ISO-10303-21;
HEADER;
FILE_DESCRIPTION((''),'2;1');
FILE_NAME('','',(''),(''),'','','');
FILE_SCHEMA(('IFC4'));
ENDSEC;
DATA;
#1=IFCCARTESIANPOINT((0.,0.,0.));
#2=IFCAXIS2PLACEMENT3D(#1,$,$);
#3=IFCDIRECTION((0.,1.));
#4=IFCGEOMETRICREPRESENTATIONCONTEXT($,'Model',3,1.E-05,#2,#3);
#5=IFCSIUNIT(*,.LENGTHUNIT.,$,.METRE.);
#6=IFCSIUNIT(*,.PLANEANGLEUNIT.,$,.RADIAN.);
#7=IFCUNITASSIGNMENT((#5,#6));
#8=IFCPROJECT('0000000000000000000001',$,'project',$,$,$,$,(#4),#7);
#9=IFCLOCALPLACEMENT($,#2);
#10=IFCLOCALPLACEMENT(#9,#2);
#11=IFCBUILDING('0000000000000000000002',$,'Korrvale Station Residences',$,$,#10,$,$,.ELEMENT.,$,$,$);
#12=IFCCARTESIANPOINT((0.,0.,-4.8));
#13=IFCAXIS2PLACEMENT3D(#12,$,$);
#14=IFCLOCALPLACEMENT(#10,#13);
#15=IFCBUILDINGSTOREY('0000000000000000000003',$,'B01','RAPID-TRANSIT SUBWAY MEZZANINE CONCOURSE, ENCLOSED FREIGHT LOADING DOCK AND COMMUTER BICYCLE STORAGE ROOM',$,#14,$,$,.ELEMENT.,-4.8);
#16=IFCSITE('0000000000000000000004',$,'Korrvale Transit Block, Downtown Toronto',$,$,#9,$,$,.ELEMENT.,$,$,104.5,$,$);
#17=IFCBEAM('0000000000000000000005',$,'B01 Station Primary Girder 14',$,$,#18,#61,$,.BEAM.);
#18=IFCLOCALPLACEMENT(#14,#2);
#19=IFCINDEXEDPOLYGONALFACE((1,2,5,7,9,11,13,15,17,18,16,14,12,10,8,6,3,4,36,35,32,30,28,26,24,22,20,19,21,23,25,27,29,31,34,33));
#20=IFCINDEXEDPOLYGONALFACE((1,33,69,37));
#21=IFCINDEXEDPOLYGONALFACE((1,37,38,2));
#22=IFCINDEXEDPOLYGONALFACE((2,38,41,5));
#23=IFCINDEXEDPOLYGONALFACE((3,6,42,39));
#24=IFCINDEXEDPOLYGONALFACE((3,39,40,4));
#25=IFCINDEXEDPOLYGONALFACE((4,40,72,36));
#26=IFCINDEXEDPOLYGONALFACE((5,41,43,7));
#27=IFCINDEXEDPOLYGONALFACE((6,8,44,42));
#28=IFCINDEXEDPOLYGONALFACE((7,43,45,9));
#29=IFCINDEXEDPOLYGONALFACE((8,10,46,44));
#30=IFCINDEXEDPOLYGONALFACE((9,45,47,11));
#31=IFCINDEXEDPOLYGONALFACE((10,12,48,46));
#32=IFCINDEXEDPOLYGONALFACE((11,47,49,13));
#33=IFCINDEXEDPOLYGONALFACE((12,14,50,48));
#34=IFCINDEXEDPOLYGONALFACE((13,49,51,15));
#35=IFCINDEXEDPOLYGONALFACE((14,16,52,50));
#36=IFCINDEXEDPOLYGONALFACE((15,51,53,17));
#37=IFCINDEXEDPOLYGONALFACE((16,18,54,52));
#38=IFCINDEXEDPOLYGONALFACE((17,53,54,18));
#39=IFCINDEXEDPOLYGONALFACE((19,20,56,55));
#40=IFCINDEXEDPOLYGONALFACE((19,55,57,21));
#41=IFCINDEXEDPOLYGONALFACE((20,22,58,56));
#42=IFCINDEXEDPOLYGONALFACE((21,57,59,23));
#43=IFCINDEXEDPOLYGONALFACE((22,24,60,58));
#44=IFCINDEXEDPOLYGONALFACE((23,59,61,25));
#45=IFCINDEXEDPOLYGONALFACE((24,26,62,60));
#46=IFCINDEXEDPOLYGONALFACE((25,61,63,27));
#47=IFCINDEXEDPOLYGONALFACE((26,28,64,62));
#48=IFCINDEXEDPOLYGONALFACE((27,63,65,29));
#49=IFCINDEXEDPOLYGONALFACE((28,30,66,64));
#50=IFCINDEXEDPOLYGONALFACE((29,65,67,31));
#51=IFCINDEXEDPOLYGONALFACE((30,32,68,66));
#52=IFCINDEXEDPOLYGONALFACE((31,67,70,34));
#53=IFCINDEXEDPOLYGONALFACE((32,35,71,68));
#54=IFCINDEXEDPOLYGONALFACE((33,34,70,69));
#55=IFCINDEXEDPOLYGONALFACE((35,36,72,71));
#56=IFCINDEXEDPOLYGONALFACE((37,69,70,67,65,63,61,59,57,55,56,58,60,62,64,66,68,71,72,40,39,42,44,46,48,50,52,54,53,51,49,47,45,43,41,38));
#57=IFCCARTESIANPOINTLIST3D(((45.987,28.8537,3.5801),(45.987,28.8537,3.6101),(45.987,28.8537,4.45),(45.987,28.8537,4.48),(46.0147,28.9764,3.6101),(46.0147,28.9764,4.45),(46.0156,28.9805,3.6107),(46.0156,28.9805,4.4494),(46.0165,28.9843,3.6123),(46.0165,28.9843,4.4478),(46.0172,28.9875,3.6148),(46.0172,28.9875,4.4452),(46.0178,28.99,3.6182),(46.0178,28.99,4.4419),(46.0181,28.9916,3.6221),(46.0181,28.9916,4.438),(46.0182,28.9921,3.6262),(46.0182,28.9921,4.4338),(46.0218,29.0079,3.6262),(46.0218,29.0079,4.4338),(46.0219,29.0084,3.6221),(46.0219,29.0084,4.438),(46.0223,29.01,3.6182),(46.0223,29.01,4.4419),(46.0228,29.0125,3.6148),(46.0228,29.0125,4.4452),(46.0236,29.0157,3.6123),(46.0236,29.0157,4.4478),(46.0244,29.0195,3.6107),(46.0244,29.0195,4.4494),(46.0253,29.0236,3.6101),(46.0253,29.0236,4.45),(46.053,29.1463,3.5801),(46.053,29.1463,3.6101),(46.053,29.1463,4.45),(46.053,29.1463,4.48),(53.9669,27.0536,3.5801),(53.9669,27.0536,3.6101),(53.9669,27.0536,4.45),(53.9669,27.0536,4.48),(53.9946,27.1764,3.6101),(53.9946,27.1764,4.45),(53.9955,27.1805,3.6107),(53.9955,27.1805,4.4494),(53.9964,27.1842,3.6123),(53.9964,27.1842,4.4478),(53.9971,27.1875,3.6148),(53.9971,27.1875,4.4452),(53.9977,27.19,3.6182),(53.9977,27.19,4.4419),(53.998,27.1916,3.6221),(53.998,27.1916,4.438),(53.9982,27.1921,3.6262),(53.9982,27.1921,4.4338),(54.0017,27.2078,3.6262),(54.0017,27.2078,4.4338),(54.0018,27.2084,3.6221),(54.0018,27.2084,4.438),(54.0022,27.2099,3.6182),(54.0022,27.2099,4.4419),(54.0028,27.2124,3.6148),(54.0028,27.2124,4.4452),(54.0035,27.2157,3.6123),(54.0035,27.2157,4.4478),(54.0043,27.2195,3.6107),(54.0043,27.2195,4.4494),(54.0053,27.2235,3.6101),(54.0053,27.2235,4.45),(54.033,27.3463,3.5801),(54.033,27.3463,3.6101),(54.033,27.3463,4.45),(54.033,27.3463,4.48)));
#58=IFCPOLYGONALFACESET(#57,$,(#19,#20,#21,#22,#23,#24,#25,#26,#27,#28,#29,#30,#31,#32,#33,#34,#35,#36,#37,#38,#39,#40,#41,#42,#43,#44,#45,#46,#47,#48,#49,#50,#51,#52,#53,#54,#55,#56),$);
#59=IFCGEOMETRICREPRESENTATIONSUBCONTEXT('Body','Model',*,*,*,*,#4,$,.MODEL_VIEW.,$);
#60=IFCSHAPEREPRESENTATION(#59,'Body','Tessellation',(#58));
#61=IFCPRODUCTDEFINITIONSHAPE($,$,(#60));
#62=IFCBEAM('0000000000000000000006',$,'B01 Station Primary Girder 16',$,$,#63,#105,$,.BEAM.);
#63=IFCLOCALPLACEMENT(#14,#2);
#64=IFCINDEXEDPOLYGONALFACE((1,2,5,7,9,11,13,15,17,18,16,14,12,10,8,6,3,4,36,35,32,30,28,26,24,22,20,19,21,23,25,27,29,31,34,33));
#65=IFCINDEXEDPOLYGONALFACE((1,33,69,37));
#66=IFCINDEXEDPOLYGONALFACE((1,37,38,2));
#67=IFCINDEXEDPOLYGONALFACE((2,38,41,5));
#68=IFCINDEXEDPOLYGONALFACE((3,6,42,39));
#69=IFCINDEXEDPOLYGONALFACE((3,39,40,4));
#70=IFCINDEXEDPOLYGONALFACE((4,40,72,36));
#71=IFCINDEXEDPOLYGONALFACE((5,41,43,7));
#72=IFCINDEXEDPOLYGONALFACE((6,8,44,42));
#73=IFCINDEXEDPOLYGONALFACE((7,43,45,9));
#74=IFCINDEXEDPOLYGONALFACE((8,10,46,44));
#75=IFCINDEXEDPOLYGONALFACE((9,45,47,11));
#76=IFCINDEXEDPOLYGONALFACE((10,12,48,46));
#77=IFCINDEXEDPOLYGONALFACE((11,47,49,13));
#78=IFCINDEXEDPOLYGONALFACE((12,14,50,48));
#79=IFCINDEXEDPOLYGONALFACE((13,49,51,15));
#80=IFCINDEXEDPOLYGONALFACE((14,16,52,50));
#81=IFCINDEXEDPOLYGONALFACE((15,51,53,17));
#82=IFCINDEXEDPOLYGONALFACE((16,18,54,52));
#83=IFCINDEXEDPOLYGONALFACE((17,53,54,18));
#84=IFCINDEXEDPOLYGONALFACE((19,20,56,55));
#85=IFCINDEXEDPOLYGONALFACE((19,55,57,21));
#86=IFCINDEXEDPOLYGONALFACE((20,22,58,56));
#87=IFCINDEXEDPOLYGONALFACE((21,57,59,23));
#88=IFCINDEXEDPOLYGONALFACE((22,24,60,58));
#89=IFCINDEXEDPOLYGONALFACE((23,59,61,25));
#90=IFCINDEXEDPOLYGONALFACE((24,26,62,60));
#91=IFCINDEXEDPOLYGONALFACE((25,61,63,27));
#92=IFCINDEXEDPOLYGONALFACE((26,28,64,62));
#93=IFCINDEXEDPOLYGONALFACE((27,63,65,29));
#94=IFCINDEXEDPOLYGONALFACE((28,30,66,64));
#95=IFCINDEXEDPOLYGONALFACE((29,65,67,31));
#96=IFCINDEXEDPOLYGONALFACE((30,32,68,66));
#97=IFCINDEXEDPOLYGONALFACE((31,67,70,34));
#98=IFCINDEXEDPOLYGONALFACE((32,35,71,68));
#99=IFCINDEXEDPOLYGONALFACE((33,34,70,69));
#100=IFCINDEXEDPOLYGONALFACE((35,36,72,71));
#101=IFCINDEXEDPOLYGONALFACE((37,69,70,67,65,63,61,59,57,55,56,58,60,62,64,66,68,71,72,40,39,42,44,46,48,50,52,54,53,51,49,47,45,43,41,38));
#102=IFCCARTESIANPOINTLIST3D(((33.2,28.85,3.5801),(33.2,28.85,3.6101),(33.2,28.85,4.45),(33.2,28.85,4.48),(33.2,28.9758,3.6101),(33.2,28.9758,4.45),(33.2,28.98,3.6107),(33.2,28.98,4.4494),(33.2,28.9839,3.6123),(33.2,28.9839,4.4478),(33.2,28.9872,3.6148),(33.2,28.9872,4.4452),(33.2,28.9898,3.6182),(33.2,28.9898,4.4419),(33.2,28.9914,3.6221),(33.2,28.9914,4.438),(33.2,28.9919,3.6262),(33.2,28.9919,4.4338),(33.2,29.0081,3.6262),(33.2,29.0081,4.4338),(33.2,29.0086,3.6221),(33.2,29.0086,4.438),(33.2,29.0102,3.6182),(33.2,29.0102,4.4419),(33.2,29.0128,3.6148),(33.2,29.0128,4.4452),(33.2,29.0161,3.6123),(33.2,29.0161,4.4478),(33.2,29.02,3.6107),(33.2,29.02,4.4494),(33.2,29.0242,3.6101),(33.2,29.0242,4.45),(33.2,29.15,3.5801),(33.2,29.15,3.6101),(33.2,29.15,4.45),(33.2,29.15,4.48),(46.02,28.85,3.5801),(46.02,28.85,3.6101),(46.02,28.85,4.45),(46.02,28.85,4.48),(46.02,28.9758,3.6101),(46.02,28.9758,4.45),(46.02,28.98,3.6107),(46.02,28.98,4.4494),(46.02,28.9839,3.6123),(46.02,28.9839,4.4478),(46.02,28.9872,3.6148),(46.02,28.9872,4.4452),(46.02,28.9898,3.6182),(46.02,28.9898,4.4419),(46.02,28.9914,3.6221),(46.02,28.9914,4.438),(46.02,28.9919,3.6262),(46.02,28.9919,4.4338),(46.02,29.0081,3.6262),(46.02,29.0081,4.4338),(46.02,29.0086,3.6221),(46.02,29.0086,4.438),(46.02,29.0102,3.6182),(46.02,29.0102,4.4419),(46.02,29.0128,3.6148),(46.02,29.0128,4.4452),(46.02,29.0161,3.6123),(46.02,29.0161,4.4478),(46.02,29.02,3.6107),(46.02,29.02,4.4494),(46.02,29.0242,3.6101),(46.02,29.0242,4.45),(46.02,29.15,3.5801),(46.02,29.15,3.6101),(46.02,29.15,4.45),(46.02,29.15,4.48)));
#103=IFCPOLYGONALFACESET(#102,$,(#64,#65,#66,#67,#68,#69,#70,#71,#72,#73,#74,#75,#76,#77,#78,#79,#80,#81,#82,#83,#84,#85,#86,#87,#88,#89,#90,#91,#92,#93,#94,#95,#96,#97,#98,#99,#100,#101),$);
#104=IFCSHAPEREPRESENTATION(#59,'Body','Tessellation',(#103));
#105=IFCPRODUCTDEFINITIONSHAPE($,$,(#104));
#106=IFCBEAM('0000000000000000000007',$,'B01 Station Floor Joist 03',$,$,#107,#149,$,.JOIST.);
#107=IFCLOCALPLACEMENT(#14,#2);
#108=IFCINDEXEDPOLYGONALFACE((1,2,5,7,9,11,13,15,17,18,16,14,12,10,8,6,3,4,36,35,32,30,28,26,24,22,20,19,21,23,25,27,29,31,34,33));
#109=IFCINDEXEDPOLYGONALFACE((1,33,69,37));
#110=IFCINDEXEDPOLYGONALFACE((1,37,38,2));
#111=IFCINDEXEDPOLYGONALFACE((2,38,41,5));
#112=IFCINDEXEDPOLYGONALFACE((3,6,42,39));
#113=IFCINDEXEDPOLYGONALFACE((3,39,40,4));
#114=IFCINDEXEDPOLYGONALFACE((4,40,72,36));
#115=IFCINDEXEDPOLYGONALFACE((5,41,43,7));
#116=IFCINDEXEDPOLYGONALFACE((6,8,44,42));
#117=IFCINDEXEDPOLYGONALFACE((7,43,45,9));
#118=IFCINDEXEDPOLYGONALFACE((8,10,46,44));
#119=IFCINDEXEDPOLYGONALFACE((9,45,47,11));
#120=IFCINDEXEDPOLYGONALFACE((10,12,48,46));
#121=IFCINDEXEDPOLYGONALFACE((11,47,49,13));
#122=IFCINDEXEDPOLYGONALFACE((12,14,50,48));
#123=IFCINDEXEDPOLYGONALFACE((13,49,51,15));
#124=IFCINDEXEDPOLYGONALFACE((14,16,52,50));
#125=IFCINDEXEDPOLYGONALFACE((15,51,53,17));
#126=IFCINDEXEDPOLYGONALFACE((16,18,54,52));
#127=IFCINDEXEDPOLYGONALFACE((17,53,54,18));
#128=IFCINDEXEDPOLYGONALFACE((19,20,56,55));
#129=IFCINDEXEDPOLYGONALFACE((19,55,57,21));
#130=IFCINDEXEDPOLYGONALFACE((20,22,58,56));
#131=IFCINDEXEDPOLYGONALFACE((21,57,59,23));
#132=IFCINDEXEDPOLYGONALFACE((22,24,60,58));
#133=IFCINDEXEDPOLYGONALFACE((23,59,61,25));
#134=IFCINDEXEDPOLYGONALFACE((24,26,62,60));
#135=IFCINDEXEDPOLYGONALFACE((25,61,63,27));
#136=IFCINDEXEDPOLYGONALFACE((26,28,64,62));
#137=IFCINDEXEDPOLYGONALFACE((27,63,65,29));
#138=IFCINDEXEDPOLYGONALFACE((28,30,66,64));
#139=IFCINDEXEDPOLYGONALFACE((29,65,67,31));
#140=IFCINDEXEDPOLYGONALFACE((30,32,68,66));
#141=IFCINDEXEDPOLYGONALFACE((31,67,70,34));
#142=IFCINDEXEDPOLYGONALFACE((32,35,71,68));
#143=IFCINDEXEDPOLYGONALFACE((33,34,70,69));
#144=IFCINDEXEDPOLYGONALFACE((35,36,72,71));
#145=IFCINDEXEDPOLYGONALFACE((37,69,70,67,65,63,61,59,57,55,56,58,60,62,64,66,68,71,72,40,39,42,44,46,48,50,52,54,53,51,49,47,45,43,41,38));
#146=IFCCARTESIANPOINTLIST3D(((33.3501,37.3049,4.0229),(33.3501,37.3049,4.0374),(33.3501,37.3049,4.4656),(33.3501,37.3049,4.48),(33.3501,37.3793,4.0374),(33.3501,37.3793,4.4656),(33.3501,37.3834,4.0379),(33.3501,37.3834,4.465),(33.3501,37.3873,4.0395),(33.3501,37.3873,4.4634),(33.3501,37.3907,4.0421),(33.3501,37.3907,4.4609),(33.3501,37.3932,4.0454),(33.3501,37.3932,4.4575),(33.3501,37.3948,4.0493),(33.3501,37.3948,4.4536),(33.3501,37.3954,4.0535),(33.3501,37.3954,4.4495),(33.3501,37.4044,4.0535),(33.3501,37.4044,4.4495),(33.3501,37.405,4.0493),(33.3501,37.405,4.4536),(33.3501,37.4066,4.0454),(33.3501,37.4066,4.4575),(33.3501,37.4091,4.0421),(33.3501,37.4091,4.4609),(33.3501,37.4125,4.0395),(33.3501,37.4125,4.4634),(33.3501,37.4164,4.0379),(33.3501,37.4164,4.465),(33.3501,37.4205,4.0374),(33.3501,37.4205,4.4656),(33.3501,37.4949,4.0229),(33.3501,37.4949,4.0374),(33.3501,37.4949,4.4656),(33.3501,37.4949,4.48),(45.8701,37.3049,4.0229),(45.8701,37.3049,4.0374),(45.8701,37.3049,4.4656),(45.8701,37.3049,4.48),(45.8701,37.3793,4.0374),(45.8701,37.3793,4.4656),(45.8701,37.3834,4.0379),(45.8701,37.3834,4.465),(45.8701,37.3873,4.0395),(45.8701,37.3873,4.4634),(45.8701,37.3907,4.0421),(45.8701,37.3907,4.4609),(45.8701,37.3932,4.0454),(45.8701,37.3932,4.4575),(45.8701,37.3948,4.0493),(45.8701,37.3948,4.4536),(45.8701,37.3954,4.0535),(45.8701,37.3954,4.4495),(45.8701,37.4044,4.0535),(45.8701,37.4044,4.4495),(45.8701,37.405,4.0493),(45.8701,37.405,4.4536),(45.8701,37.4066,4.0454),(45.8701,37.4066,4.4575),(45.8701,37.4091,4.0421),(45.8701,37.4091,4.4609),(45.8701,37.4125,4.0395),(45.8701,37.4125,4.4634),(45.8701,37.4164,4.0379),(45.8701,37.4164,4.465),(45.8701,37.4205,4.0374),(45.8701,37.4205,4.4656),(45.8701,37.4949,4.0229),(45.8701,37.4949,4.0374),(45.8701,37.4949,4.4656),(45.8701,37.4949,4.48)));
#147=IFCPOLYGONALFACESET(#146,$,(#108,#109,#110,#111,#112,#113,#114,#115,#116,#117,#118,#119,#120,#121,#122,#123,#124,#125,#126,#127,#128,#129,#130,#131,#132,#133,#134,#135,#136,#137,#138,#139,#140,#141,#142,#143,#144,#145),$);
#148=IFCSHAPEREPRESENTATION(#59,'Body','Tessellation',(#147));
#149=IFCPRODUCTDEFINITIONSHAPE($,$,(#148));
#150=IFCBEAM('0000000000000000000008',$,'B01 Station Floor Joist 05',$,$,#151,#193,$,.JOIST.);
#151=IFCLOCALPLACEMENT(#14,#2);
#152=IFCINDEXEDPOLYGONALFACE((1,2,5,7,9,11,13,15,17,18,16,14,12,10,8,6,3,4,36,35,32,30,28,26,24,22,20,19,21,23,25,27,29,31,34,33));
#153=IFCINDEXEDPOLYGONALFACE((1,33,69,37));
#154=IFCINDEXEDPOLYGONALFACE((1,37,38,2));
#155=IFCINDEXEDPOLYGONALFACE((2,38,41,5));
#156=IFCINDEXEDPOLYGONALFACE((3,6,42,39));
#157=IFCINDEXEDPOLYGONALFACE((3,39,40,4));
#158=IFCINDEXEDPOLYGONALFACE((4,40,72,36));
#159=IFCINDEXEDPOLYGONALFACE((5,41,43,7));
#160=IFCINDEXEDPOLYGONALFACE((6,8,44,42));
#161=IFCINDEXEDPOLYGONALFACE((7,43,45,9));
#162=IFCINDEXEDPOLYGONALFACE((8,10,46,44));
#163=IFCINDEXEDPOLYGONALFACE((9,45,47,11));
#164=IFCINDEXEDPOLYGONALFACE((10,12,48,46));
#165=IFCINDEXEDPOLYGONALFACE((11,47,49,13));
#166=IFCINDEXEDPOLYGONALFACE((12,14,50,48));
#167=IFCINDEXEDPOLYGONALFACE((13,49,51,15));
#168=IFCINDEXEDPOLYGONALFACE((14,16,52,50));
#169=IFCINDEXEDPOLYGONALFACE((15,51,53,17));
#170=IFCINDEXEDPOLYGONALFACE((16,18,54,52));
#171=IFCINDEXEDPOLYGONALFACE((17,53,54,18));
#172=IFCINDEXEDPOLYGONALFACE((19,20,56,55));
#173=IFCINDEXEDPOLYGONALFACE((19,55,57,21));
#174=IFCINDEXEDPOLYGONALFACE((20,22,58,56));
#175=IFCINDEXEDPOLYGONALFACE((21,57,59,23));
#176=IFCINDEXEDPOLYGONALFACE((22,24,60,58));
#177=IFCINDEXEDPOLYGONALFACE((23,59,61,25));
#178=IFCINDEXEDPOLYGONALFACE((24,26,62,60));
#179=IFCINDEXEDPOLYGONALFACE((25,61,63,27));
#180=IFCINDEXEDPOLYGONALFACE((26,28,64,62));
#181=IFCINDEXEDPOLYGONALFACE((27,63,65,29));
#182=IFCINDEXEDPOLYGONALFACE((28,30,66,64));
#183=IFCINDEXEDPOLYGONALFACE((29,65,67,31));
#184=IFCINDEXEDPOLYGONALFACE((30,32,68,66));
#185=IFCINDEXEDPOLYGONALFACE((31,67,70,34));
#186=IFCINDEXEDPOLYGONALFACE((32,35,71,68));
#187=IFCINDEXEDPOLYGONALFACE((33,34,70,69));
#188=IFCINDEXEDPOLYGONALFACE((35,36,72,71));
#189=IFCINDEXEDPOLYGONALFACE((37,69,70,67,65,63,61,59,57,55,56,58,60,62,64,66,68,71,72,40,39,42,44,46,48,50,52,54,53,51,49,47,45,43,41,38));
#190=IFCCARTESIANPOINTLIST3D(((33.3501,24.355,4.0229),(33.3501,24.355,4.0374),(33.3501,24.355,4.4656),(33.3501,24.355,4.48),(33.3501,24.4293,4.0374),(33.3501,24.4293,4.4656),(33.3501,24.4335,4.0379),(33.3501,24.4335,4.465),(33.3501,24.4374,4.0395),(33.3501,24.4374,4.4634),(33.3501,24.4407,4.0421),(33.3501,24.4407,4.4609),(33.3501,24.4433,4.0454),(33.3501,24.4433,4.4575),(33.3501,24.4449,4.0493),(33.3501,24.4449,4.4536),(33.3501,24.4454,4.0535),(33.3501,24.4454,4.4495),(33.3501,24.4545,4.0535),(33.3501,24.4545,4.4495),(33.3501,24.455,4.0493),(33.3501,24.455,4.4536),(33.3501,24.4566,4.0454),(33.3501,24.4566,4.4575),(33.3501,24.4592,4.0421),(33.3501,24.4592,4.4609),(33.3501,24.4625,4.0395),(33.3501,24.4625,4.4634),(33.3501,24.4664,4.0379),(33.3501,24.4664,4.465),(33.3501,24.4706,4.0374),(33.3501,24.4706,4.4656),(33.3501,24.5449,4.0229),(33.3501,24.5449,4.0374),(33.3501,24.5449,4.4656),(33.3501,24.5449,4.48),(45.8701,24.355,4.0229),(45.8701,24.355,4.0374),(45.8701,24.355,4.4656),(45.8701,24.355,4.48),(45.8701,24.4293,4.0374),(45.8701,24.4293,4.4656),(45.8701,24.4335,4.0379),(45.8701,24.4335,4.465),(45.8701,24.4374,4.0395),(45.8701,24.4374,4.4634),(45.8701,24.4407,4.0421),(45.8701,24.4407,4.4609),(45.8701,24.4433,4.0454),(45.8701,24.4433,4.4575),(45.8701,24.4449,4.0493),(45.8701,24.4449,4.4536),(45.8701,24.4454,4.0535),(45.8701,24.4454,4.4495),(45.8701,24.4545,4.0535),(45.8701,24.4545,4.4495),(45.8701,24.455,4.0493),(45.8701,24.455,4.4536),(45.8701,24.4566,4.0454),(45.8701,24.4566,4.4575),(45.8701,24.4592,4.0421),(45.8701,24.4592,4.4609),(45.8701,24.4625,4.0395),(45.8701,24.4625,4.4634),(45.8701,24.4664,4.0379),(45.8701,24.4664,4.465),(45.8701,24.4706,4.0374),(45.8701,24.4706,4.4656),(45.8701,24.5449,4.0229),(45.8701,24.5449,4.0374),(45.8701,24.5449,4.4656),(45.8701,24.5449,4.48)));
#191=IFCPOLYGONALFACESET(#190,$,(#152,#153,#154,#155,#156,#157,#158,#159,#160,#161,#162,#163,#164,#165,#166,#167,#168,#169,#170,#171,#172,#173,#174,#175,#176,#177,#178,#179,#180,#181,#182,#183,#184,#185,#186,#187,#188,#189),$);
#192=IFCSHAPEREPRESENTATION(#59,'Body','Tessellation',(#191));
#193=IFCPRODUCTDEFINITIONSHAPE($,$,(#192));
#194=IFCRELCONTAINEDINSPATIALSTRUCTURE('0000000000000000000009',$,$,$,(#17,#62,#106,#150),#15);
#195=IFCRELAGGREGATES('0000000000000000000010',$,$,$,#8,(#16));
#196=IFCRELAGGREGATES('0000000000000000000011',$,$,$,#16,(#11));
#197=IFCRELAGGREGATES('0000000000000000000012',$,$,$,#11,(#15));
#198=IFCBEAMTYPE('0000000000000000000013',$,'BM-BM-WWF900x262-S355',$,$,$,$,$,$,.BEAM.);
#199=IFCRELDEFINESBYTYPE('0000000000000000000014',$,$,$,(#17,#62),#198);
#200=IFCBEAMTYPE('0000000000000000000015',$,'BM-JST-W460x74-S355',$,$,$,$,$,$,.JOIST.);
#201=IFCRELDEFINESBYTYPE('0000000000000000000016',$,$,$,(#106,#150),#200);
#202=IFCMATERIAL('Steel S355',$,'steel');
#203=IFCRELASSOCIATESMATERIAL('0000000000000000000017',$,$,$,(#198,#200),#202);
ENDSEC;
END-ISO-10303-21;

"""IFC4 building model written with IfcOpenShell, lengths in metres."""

from ifc_helpers import new_model, si_unit, direction, frame, origin, origin_2d, place, context, subcontext, project, spatial, i_section, extrude, material, material_profile, profile_set, type_object, element, save


model = new_model("IFC4")

# Units and contexts
model_context = context("Model", 3, precision=1e-05, world=origin(), true_north=direction((0.0, 1.0)))
body_context = subcontext(model_context, "Body", "Model", "MODEL_VIEW")
ifc_project = project(units=[si_unit("LENGTHUNIT", "METRE"), si_unit("PLANEANGLEUNIT", "RADIAN")], contexts=[model_context])

# Site, building, storey
site_placement = place(None, origin())
site = spatial("IfcSite", under=ifc_project, at=site_placement, Name="Korrvale Transit Block, Downtown Toronto", CompositionType="ELEMENT", RefElevation=104.5)
building_placement = place(site_placement, origin())
building = spatial("IfcBuilding", under=site, at=building_placement, Name="Korrvale Station Residences", CompositionType="ELEMENT")
storey_placement = place(building_placement, frame((0.0, 0.0, -4.8)))
storey = spatial("IfcBuildingStorey", under=building, at=storey_placement, Name="B01", Description="RAPID-TRANSIT SUBWAY MEZZANINE CONCOURSE, ENCLOSED FREIGHT LOADING DOCK AND COMMUTER BICYCLE STORAGE ROOM", CompositionType="ELEMENT", Elevation=-4.8)

# Beams
ifc_material_1 = material(Name="Steel S355", Category="steel")
ifc_material_profile_1 = material_profile(ifc_material_1, i_section(OverallWidth=0.3, OverallDepth=0.8999, WebThickness=0.0161, FlangeThickness=0.03, FilletRadius=0.0161, at=origin_2d()), Name="WWF900x262")
ifc_profile_set_1 = profile_set([ifc_material_profile_1], Name="Steel S355")
beam_type_1 = type_object("IfcBeamType", Name="BM-BM-WWF900x262-S355", PredefinedType="BEAM", material=ifc_profile_set_1)
beam_1_placement = place(storey_placement, frame((46.02, 29.0, 4.03), z_axis=(0.97549, -0.220042, 0.0), x_axis=(0.220042, 0.97549, 0.0)))
element("IfcBeam", 1, at=beam_1_placement, inside=storey, type_object=beam_type_1, Name="B01 Station Primary Girder 14", PredefinedType="BEAM", context=body_context, shape_type="SweptSolid", body=[
    extrude(i_section(OverallWidth=0.3, OverallDepth=0.8999, WebThickness=0.0161, FlangeThickness=0.03, FilletRadius=0.0161, at=origin_2d()), origin(), (0.0, 0.0, 1.0), 8.1804),
])
beam_2_placement = place(storey_placement, frame((33.2, 29.0, 4.03), z_axis=(1.0, 0.0, 0.0), x_axis=(0.0, 1.0, 0.0)))
element("IfcBeam", 2, at=beam_2_placement, inside=storey, type_object=beam_type_1, Name="B01 Station Primary Girder 16", PredefinedType="BEAM", context=body_context, shape_type="SweptSolid", body=[
    extrude(i_section(OverallWidth=0.3, OverallDepth=0.8999, WebThickness=0.0161, FlangeThickness=0.03, FilletRadius=0.0161, at=origin_2d()), origin(), (0.0, 0.0, 1.0), 12.8201),
])
ifc_material_profile_2 = material_profile(ifc_material_1, i_section(OverallWidth=0.1899, OverallDepth=0.457, WebThickness=0.009, FlangeThickness=0.0144, FilletRadius=0.0161, at=origin_2d()), Name="W460x74")
ifc_profile_set_2 = profile_set([ifc_material_profile_2], Name="Steel S355")
beam_type_2 = type_object("IfcBeamType", Name="BM-JST-W460x74-S355", PredefinedType="JOIST", material=ifc_profile_set_2)
for number, where, z_axis, x_axis, name in (
    (3, (33.3501, 37.3999, 4.2515), (1.0, 0.0, 0.0), (0.0, 1.0, 0.0), "B01 Station Floor Joist 03"),
    (4, (33.3501, 24.45, 4.2515), (1.0, 0.0, 0.0), (0.0, 1.0, 0.0), "B01 Station Floor Joist 05"),
):
    element("IfcBeam", number, at=place(storey_placement, frame(where, z_axis=z_axis, x_axis=x_axis)), inside=storey, type_object=beam_type_2, Name=name, PredefinedType="JOIST", context=body_context, shape_type="SweptSolid", body=[
        extrude(i_section(OverallWidth=0.1899, OverallDepth=0.457, WebThickness=0.009, FlangeThickness=0.0144, FilletRadius=0.0161, at=origin_2d()), origin(), (0.0, 0.0, 1.0), 12.52),
    ])

save(model, "model.ifc")
